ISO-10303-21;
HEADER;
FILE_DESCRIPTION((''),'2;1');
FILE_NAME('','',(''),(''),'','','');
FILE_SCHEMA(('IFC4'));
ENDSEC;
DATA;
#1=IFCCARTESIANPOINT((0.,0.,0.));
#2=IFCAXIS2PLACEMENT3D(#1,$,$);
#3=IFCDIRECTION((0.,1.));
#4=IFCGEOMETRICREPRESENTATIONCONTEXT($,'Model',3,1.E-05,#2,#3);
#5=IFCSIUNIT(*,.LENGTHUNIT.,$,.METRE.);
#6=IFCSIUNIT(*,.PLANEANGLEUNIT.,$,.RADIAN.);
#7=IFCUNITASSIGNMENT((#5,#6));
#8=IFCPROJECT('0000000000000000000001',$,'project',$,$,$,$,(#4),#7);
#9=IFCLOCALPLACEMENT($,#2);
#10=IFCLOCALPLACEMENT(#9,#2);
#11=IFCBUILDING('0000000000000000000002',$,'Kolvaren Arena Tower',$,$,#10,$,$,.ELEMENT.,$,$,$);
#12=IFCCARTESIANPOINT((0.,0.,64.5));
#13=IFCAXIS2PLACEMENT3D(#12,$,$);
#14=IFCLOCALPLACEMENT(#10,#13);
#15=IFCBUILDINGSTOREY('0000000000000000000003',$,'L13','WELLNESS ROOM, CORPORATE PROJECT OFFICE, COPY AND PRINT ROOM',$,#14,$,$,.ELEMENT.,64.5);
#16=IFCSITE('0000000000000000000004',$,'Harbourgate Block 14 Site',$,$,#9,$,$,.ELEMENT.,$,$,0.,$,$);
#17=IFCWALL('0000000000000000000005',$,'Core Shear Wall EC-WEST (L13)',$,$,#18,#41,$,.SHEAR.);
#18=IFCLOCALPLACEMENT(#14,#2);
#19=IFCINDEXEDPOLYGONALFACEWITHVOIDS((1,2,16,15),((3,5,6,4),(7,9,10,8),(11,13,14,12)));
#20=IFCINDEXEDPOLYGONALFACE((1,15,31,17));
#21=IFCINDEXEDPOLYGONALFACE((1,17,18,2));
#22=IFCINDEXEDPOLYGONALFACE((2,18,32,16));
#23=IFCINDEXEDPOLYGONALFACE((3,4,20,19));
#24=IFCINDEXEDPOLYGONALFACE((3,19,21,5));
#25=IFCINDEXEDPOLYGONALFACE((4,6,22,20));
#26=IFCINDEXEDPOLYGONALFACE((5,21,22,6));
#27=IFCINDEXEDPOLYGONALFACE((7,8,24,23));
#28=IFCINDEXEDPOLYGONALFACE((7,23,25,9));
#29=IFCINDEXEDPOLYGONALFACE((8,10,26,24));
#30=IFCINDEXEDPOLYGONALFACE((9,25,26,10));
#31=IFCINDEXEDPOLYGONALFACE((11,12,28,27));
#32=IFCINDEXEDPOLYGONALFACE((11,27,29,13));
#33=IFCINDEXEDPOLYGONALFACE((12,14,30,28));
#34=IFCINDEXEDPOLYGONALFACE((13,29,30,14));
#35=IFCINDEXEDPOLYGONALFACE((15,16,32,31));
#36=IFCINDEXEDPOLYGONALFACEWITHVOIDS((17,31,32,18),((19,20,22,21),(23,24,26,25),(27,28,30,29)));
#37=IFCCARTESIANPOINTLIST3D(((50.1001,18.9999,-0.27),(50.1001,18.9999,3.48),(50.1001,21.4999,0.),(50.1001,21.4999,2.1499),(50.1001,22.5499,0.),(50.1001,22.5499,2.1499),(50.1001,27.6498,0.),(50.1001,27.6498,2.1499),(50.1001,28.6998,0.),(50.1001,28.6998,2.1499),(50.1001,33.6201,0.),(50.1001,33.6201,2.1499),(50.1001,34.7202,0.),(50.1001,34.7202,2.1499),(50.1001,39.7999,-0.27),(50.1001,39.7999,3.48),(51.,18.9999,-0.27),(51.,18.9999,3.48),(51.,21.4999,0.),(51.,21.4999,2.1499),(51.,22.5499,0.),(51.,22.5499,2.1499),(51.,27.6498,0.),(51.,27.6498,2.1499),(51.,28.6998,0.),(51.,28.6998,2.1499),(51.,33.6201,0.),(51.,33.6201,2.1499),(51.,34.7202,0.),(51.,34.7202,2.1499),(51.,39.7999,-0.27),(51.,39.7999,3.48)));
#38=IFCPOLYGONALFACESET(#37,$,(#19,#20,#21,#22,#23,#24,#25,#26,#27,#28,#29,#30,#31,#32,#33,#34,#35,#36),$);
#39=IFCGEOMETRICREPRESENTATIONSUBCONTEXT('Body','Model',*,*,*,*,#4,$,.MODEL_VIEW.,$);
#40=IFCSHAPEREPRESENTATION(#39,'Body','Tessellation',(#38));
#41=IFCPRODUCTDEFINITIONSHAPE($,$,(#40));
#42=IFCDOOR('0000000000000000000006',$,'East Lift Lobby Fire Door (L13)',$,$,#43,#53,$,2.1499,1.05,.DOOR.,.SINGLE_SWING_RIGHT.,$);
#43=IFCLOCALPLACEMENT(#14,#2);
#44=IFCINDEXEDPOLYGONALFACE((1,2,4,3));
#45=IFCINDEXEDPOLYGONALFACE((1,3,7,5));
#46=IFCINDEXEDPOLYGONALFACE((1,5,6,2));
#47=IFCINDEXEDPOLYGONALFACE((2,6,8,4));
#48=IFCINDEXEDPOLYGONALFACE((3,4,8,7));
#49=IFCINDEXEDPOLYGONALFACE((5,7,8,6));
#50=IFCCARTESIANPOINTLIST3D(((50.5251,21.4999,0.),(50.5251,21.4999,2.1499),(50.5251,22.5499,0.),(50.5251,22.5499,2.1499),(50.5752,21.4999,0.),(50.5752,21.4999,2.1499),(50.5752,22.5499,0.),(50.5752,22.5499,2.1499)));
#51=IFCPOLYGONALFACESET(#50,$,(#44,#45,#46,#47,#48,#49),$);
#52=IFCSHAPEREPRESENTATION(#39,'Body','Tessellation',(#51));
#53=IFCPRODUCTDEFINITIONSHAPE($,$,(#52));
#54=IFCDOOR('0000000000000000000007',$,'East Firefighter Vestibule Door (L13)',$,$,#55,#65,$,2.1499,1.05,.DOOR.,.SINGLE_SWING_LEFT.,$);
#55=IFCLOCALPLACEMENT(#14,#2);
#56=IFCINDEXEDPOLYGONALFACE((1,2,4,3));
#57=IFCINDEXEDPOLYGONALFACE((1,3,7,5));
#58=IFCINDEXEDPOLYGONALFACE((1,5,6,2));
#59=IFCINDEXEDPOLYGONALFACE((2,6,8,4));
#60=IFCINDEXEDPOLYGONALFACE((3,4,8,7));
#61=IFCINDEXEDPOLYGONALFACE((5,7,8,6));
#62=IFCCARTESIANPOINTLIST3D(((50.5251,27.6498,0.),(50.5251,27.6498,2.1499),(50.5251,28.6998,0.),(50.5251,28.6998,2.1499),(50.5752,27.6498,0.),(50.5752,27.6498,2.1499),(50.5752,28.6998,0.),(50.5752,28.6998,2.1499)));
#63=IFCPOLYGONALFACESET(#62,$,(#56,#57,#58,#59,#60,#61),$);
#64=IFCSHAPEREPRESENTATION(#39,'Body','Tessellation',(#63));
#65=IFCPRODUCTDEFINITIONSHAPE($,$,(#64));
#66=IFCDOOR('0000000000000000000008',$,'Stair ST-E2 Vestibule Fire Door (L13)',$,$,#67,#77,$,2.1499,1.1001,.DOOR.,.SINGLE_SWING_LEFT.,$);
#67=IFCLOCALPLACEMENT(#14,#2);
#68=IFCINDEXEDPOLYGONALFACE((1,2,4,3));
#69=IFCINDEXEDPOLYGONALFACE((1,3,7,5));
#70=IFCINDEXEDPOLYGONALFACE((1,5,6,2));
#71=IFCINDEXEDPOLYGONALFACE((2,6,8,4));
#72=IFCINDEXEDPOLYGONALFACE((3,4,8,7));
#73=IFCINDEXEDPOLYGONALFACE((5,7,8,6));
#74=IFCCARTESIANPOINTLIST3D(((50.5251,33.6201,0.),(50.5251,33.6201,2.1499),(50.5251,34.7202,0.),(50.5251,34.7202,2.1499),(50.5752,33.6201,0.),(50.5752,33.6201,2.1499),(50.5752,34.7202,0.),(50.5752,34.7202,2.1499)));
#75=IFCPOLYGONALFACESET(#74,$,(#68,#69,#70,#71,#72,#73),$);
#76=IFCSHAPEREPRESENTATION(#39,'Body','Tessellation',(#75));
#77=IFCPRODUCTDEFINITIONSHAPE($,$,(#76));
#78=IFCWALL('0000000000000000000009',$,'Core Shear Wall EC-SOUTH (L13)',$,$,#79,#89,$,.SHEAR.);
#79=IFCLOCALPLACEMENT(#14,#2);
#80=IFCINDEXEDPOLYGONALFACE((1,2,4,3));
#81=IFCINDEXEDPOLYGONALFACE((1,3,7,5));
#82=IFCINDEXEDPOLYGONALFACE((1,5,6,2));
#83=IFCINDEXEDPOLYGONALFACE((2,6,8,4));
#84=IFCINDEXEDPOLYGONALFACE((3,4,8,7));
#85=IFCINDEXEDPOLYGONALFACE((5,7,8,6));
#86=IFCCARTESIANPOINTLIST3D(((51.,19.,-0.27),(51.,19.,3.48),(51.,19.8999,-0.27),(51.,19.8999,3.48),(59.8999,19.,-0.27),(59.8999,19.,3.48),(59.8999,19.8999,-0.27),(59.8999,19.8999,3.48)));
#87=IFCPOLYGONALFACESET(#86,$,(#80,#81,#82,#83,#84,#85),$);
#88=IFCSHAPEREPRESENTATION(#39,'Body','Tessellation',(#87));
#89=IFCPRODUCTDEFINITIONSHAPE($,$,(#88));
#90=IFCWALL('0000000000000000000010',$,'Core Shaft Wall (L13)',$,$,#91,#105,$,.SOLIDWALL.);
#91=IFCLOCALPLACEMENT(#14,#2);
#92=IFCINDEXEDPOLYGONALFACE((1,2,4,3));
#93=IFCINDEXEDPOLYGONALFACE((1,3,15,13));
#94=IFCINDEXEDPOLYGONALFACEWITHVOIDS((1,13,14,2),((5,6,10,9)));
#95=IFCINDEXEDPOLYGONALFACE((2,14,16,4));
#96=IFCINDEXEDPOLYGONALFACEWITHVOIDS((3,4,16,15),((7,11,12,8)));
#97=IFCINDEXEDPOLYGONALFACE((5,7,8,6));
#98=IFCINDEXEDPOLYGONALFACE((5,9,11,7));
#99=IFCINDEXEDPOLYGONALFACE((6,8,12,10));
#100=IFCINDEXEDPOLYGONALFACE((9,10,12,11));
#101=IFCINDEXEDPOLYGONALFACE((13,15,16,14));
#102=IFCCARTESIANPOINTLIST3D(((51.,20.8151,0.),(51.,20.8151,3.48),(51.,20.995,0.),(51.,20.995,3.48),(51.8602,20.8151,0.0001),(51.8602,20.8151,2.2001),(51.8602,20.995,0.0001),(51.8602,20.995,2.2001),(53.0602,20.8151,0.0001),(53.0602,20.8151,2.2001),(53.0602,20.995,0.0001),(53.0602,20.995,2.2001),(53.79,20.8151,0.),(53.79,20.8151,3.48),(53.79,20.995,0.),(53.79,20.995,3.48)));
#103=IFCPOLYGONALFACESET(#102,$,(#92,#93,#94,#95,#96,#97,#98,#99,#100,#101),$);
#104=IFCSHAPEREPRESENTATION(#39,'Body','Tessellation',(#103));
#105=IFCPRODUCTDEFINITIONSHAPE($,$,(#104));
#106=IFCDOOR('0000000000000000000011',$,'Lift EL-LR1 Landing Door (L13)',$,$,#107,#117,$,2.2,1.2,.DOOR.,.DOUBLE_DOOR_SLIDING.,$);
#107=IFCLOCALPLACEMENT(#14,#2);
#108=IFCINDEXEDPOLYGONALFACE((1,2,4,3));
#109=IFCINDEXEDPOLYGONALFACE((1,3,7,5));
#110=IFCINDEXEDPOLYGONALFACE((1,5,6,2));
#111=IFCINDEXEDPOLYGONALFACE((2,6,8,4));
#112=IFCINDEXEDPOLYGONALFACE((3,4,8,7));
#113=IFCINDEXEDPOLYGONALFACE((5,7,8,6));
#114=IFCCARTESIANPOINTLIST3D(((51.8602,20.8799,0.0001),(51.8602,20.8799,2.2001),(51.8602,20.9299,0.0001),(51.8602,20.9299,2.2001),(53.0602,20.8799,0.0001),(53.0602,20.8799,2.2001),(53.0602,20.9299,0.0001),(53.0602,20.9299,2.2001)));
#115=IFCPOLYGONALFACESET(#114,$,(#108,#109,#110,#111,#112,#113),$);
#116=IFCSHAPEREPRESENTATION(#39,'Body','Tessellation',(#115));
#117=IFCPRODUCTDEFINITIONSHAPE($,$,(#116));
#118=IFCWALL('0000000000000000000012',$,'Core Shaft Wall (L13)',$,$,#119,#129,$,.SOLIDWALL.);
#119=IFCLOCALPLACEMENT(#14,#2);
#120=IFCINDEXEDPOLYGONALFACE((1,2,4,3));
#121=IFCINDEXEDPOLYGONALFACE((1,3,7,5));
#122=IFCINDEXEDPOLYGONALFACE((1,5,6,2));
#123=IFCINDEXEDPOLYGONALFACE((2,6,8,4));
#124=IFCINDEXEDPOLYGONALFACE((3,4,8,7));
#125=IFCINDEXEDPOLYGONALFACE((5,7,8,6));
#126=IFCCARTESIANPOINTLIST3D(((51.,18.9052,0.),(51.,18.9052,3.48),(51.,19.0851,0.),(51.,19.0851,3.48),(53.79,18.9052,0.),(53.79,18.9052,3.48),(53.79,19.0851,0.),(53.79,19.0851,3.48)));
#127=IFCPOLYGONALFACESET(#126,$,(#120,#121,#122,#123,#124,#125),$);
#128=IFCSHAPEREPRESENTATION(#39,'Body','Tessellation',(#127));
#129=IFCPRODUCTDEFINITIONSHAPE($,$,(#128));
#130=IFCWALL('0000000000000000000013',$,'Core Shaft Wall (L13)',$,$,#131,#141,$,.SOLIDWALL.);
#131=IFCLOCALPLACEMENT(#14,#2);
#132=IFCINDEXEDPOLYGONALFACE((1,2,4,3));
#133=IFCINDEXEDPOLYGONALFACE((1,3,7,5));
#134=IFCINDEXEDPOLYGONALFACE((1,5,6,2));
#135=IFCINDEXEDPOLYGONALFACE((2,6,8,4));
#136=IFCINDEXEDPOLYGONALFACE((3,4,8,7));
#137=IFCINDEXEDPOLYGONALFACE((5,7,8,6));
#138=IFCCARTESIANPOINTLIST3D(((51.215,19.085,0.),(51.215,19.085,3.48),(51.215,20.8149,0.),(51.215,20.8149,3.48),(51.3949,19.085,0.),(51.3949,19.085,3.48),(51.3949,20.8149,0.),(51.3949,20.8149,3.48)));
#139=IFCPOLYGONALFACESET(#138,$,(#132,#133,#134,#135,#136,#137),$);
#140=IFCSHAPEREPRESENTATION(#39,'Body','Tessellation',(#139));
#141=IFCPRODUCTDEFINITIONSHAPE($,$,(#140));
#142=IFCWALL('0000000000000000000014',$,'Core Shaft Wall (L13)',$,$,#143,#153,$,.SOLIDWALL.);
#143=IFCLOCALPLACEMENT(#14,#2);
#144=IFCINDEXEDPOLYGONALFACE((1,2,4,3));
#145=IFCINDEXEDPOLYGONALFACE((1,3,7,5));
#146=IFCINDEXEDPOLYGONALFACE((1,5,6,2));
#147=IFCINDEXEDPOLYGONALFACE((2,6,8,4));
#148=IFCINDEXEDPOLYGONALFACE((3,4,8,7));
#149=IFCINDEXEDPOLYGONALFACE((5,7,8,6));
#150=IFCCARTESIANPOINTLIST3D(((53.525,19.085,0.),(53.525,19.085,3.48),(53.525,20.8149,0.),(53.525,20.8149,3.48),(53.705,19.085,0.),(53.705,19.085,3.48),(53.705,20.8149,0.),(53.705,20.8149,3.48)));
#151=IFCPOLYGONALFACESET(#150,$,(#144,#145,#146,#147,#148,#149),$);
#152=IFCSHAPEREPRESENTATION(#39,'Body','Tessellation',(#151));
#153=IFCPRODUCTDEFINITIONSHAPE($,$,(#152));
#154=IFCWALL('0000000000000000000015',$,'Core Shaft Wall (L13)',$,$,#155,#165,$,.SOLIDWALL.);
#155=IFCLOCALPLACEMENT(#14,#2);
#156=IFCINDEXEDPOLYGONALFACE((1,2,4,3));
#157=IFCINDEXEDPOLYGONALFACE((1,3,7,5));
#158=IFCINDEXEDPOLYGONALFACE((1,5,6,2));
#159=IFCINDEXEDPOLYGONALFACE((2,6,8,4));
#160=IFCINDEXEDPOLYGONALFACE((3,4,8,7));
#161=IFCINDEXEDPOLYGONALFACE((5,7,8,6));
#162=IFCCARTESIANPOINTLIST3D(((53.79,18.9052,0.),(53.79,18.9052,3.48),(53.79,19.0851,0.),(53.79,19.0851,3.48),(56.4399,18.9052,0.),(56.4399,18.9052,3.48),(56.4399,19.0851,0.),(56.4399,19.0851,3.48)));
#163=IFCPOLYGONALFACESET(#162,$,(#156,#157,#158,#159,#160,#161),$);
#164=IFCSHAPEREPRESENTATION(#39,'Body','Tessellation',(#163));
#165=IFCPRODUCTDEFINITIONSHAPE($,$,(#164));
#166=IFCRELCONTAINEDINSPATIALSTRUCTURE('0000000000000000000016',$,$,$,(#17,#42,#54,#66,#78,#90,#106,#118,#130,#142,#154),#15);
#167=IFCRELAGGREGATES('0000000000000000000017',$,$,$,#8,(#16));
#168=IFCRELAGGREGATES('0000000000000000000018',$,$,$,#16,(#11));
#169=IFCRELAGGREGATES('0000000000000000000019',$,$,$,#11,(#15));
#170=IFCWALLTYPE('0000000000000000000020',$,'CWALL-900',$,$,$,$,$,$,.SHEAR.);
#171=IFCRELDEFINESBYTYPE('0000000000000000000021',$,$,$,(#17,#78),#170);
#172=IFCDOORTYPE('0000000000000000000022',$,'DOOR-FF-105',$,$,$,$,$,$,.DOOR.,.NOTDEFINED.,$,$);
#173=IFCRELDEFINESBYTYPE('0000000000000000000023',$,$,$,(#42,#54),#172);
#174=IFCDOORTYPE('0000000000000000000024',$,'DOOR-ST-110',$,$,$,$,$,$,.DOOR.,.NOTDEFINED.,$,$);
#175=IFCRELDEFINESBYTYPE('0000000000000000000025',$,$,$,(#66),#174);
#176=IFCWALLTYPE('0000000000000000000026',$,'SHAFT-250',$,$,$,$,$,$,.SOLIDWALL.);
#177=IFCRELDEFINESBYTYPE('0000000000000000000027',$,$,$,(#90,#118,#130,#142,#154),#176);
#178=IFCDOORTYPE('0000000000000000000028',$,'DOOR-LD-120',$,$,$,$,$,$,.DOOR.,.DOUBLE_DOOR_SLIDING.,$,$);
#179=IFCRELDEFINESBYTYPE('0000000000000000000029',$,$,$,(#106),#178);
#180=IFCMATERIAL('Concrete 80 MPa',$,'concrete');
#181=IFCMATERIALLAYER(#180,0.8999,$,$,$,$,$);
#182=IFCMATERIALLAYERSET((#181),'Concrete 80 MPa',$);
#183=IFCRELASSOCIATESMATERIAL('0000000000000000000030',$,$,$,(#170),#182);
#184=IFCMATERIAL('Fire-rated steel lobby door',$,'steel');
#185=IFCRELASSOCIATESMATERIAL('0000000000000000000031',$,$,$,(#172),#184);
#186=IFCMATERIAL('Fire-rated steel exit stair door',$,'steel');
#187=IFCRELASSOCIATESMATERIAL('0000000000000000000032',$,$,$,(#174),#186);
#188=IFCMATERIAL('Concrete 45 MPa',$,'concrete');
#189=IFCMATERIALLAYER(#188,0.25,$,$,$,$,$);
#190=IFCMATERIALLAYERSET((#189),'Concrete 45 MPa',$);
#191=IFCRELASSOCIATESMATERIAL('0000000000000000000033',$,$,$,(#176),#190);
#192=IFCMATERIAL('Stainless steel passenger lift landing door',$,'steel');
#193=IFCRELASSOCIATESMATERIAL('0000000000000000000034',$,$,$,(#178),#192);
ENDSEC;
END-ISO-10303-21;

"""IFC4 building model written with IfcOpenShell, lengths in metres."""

from ifc_helpers import new_model, si_unit, direction, frame, frame_2d, origin, place, context, subcontext, project, spatial, rectangle, extrude, material, layer, layer_set, type_object, element, fill, save


model = new_model("IFC4")

# Units and contexts
model_context = context("Model", 3, precision=1e-05, world=origin(), true_north=direction((0.0, 1.0)))
body_context = subcontext(model_context, "Body", "Model", "MODEL_VIEW")
ifc_project = project(units=[si_unit("LENGTHUNIT", "METRE"), si_unit("PLANEANGLEUNIT", "RADIAN")], contexts=[model_context])

# Site, building, storey
site_placement = place(None, origin())
site = spatial("IfcSite", under=ifc_project, at=site_placement, Name="Harbourgate Block 14 Site", CompositionType="ELEMENT", RefElevation=0.0)
building_placement = place(site_placement, origin())
building = spatial("IfcBuilding", under=site, at=building_placement, Name="Kolvaren Arena Tower", CompositionType="ELEMENT")
storey_placement = place(building_placement, frame((0.0, 0.0, 64.5)))
storey = spatial("IfcBuildingStorey", under=building, at=storey_placement, Name="L13", Description="WELLNESS ROOM, CORPORATE PROJECT OFFICE, COPY AND PRINT ROOM", CompositionType="ELEMENT", Elevation=64.5)

# Wall, openings, doors
ifc_material_1 = material(Name="Concrete 80 MPa", Category="concrete")
ifc_layer_1 = layer(ifc_material_1, 0.8999)
ifc_layer_set_1 = layer_set([ifc_layer_1], Name="Concrete 80 MPa")
wall_type_1 = type_object("IfcWallType", Name="CWALL-900", PredefinedType="SHEAR", material=ifc_layer_set_1)
wall_1_placement = place(storey_placement, frame((50.55, 19.0, -0.27), z_axis=(0.0, 0.0, 1.0), x_axis=(0.0, 1.0, 0.0)))
wall_1 = element("IfcWall", 1, at=wall_1_placement, inside=storey, type_object=wall_type_1, Name="Core Shear Wall EC-WEST (L13)", PredefinedType="SHEAR", context=body_context, shape_type="SweptSolid", body=[
    extrude(rectangle(XDim=20.8, YDim=0.8999, at=frame_2d((10.3999, 0.0))), origin(), (0.0, 0.0, 1.0), 3.75),
])
opening_1_placement = place(wall_1_placement, frame((2.5, 0.0, 0.27)))
opening_1 = element("IfcOpeningElement", 2, at=opening_1_placement, cuts=wall_1, PredefinedType="OPENING", context=body_context, shape_type="SweptSolid", body=[
    extrude(rectangle(XDim=1.05, YDim=2.1499, at=frame_2d((0.5249, 1.075))), frame((0.0, 0.46, 0.0), z_axis=(0.0, -1.0, 0.0), x_axis=(1.0, 0.0, 0.0)), (0.0, 0.0, 1.0), 0.9199),
])
opening_2_placement = place(wall_1_placement, frame((8.6499, 0.0, 0.27)))
opening_2 = element("IfcOpeningElement", 3, at=opening_2_placement, cuts=wall_1, PredefinedType="OPENING", context=body_context, shape_type="SweptSolid", body=[
    extrude(rectangle(XDim=1.05, YDim=2.1499, at=frame_2d((0.5249, 1.075))), frame((0.0, 0.46, 0.0), z_axis=(0.0, -1.0, 0.0), x_axis=(1.0, 0.0, 0.0)), (0.0, 0.0, 1.0), 0.9199),
])
opening_3_placement = place(wall_1_placement, frame((14.6201, 0.0, 0.27)))
opening_3 = element("IfcOpeningElement", 4, at=opening_3_placement, cuts=wall_1, PredefinedType="OPENING", context=body_context, shape_type="SweptSolid", body=[
    extrude(rectangle(XDim=1.1001, YDim=2.1499, at=frame_2d((0.55, 1.075))), frame((0.0, 0.46, 0.0), z_axis=(0.0, -1.0, 0.0), x_axis=(1.0, 0.0, 0.0)), (0.0, 0.0, 1.0), 0.9199),
])
ifc_material_2 = material(Name="Fire-rated steel lobby door", Category="steel")
door_type_1 = type_object("IfcDoorType", Name="DOOR-FF-105", OperationType="NOTDEFINED", PredefinedType="DOOR", material=ifc_material_2)
door_1_placement = place(opening_1_placement, origin())
door_1 = element("IfcDoor", 5, at=door_1_placement, inside=storey, type_object=door_type_1, Name="East Lift Lobby Fire Door (L13)", OperationType="SINGLE_SWING_RIGHT", OverallHeight=2.1499, OverallWidth=1.05, PredefinedType="DOOR", context=body_context, shape_type="SweptSolid", body=[
    extrude(rectangle(XDim=1.05, YDim=2.1499, at=frame_2d((0.5249, 1.075))), frame((0.0, 0.0249, 0.0), z_axis=(0.0, -1.0, 0.0), x_axis=(1.0, 0.0, 0.0)), (0.0, 0.0, 1.0), 0.05),
])
fill(opening_1, door_1)
door_2_placement = place(opening_2_placement, origin())
door_2 = element("IfcDoor", 6, at=door_2_placement, inside=storey, type_object=door_type_1, Name="East Firefighter Vestibule Door (L13)", OperationType="SINGLE_SWING_LEFT", OverallHeight=2.1499, OverallWidth=1.05, PredefinedType="DOOR", context=body_context, shape_type="SweptSolid", body=[
    extrude(rectangle(XDim=1.05, YDim=2.1499, at=frame_2d((0.5249, 1.075))), frame((0.0, 0.0249, 0.0), z_axis=(0.0, -1.0, 0.0), x_axis=(1.0, 0.0, 0.0)), (0.0, 0.0, 1.0), 0.05),
])
fill(opening_2, door_2)
ifc_material_3 = material(Name="Fire-rated steel exit stair door", Category="steel")
door_type_2 = type_object("IfcDoorType", Name="DOOR-ST-110", OperationType="NOTDEFINED", PredefinedType="DOOR", material=ifc_material_3)
door_3_placement = place(opening_3_placement, origin())
door_3 = element("IfcDoor", 7, at=door_3_placement, inside=storey, type_object=door_type_2, Name="Stair ST-E2 Vestibule Fire Door (L13)", OperationType="SINGLE_SWING_LEFT", OverallHeight=2.1499, OverallWidth=1.1001, PredefinedType="DOOR", context=body_context, shape_type="SweptSolid", body=[
    extrude(rectangle(XDim=1.1001, YDim=2.1499, at=frame_2d((0.55, 1.075))), frame((0.0, 0.0249, 0.0), z_axis=(0.0, -1.0, 0.0), x_axis=(1.0, 0.0, 0.0)), (0.0, 0.0, 1.0), 0.05),
])
fill(opening_3, door_3)

# Wall
wall_2_placement = place(storey_placement, frame((51.0, 19.45, -0.27), z_axis=(0.0, 0.0, 1.0), x_axis=(1.0, 0.0, 0.0)))
element("IfcWall", 8, at=wall_2_placement, inside=storey, type_object=wall_type_1, Name="Core Shear Wall EC-SOUTH (L13)", PredefinedType="SHEAR", context=body_context, shape_type="SweptSolid", body=[
    extrude(rectangle(XDim=8.8999, YDim=0.8999, at=frame_2d((4.45, 0.0))), origin(), (0.0, 0.0, 1.0), 3.75),
])

# Wall, opening, door
ifc_material_4 = material(Name="Concrete 45 MPa", Category="concrete")
ifc_layer_2 = layer(ifc_material_4, 0.25)
ifc_layer_set_2 = layer_set([ifc_layer_2], Name="Concrete 45 MPa")
wall_type_2 = type_object("IfcWallType", Name="SHAFT-250", PredefinedType="SOLIDWALL", material=ifc_layer_set_2)
wall_3_placement = place(storey_placement, frame((51.0, 20.905, 0.0), z_axis=(0.0, 0.0, 1.0), x_axis=(1.0, 0.0, 0.0)))
wall_3 = element("IfcWall", 9, at=wall_3_placement, inside=storey, type_object=wall_type_2, Name="Core Shaft Wall (L13)", PredefinedType="SOLIDWALL", context=body_context, shape_type="SweptSolid", body=[
    extrude(rectangle(XDim=2.79, YDim=0.1799, at=frame_2d((1.395, 0.0))), origin(), (0.0, 0.0, 1.0), 3.48),
])
opening_4_placement = place(wall_3_placement, frame((0.8601, 0.0, 0.0)))
opening_4 = element("IfcOpeningElement", 10, at=opening_4_placement, cuts=wall_3, PredefinedType="OPENING", context=body_context, shape_type="SweptSolid", body=[
    extrude(rectangle(XDim=1.2, YDim=2.2, at=frame_2d((0.6001, 1.1001))), frame((0.0, 0.0999, 0.0), z_axis=(0.0, -1.0, 0.0), x_axis=(1.0, 0.0, 0.0)), (0.0, 0.0, 1.0), 0.2),
])
ifc_material_5 = material(Name="Stainless steel passenger lift landing door", Category="steel")
door_type_3 = type_object("IfcDoorType", Name="DOOR-LD-120", OperationType="DOUBLE_DOOR_SLIDING", PredefinedType="DOOR", material=ifc_material_5)
door_4_placement = place(opening_4_placement, origin())
door_4 = element("IfcDoor", 11, at=door_4_placement, inside=storey, type_object=door_type_3, Name="Lift EL-LR1 Landing Door (L13)", OperationType="DOUBLE_DOOR_SLIDING", OverallHeight=2.2, OverallWidth=1.2, PredefinedType="DOOR", context=body_context, shape_type="SweptSolid", body=[
    extrude(rectangle(XDim=1.2, YDim=2.2, at=frame_2d((0.6001, 1.1001))), frame((0.0, 0.0249, 0.0), z_axis=(0.0, -1.0, 0.0), x_axis=(1.0, 0.0, 0.0)), (0.0, 0.0, 1.0), 0.05),
])
fill(opening_4, door_4)

# Walls
wall_4_placement = place(storey_placement, frame((51.0, 18.9951, 0.0), z_axis=(0.0, 0.0, 1.0), x_axis=(1.0, 0.0, 0.0)))
element("IfcWall", 12, at=wall_4_placement, inside=storey, type_object=wall_type_2, Name="Core Shaft Wall (L13)", PredefinedType="SOLIDWALL", context=body_context, shape_type="SweptSolid", body=[
    extrude(rectangle(XDim=2.79, YDim=0.1799, at=frame_2d((1.395, 0.0))), origin(), (0.0, 0.0, 1.0), 3.48),
])
for number, where, z_axis, x_axis, name in (
    (13, (51.3049, 19.085, 0.0), (0.0, 0.0, 1.0), (0.0, 1.0, 0.0), "Core Shaft Wall (L13)"),
    (14, (53.615, 19.085, 0.0), (0.0, 0.0, 1.0), (0.0, 1.0, 0.0), "Core Shaft Wall (L13)"),
):
    element("IfcWall", number, at=place(storey_placement, frame(where, z_axis=z_axis, x_axis=x_axis)), inside=storey, type_object=wall_type_2, Name=name, PredefinedType="SOLIDWALL", context=body_context, shape_type="SweptSolid", body=[
        extrude(rectangle(XDim=1.73, YDim=0.1799, at=frame_2d((0.865, 0.0))), origin(), (0.0, 0.0, 1.0), 3.48),
    ])
wall_5_placement = place(storey_placement, frame((53.79, 18.9951, 0.0), z_axis=(0.0, 0.0, 1.0), x_axis=(1.0, 0.0, 0.0)))
element("IfcWall", 15, at=wall_5_placement, inside=storey, type_object=wall_type_2, Name="Core Shaft Wall (L13)", PredefinedType="SOLIDWALL", context=body_context, shape_type="SweptSolid", body=[
    extrude(rectangle(XDim=2.6499, YDim=0.1799, at=frame_2d((1.325, 0.0))), origin(), (0.0, 0.0, 1.0), 3.48),
])

save(model, "model.ifc")
